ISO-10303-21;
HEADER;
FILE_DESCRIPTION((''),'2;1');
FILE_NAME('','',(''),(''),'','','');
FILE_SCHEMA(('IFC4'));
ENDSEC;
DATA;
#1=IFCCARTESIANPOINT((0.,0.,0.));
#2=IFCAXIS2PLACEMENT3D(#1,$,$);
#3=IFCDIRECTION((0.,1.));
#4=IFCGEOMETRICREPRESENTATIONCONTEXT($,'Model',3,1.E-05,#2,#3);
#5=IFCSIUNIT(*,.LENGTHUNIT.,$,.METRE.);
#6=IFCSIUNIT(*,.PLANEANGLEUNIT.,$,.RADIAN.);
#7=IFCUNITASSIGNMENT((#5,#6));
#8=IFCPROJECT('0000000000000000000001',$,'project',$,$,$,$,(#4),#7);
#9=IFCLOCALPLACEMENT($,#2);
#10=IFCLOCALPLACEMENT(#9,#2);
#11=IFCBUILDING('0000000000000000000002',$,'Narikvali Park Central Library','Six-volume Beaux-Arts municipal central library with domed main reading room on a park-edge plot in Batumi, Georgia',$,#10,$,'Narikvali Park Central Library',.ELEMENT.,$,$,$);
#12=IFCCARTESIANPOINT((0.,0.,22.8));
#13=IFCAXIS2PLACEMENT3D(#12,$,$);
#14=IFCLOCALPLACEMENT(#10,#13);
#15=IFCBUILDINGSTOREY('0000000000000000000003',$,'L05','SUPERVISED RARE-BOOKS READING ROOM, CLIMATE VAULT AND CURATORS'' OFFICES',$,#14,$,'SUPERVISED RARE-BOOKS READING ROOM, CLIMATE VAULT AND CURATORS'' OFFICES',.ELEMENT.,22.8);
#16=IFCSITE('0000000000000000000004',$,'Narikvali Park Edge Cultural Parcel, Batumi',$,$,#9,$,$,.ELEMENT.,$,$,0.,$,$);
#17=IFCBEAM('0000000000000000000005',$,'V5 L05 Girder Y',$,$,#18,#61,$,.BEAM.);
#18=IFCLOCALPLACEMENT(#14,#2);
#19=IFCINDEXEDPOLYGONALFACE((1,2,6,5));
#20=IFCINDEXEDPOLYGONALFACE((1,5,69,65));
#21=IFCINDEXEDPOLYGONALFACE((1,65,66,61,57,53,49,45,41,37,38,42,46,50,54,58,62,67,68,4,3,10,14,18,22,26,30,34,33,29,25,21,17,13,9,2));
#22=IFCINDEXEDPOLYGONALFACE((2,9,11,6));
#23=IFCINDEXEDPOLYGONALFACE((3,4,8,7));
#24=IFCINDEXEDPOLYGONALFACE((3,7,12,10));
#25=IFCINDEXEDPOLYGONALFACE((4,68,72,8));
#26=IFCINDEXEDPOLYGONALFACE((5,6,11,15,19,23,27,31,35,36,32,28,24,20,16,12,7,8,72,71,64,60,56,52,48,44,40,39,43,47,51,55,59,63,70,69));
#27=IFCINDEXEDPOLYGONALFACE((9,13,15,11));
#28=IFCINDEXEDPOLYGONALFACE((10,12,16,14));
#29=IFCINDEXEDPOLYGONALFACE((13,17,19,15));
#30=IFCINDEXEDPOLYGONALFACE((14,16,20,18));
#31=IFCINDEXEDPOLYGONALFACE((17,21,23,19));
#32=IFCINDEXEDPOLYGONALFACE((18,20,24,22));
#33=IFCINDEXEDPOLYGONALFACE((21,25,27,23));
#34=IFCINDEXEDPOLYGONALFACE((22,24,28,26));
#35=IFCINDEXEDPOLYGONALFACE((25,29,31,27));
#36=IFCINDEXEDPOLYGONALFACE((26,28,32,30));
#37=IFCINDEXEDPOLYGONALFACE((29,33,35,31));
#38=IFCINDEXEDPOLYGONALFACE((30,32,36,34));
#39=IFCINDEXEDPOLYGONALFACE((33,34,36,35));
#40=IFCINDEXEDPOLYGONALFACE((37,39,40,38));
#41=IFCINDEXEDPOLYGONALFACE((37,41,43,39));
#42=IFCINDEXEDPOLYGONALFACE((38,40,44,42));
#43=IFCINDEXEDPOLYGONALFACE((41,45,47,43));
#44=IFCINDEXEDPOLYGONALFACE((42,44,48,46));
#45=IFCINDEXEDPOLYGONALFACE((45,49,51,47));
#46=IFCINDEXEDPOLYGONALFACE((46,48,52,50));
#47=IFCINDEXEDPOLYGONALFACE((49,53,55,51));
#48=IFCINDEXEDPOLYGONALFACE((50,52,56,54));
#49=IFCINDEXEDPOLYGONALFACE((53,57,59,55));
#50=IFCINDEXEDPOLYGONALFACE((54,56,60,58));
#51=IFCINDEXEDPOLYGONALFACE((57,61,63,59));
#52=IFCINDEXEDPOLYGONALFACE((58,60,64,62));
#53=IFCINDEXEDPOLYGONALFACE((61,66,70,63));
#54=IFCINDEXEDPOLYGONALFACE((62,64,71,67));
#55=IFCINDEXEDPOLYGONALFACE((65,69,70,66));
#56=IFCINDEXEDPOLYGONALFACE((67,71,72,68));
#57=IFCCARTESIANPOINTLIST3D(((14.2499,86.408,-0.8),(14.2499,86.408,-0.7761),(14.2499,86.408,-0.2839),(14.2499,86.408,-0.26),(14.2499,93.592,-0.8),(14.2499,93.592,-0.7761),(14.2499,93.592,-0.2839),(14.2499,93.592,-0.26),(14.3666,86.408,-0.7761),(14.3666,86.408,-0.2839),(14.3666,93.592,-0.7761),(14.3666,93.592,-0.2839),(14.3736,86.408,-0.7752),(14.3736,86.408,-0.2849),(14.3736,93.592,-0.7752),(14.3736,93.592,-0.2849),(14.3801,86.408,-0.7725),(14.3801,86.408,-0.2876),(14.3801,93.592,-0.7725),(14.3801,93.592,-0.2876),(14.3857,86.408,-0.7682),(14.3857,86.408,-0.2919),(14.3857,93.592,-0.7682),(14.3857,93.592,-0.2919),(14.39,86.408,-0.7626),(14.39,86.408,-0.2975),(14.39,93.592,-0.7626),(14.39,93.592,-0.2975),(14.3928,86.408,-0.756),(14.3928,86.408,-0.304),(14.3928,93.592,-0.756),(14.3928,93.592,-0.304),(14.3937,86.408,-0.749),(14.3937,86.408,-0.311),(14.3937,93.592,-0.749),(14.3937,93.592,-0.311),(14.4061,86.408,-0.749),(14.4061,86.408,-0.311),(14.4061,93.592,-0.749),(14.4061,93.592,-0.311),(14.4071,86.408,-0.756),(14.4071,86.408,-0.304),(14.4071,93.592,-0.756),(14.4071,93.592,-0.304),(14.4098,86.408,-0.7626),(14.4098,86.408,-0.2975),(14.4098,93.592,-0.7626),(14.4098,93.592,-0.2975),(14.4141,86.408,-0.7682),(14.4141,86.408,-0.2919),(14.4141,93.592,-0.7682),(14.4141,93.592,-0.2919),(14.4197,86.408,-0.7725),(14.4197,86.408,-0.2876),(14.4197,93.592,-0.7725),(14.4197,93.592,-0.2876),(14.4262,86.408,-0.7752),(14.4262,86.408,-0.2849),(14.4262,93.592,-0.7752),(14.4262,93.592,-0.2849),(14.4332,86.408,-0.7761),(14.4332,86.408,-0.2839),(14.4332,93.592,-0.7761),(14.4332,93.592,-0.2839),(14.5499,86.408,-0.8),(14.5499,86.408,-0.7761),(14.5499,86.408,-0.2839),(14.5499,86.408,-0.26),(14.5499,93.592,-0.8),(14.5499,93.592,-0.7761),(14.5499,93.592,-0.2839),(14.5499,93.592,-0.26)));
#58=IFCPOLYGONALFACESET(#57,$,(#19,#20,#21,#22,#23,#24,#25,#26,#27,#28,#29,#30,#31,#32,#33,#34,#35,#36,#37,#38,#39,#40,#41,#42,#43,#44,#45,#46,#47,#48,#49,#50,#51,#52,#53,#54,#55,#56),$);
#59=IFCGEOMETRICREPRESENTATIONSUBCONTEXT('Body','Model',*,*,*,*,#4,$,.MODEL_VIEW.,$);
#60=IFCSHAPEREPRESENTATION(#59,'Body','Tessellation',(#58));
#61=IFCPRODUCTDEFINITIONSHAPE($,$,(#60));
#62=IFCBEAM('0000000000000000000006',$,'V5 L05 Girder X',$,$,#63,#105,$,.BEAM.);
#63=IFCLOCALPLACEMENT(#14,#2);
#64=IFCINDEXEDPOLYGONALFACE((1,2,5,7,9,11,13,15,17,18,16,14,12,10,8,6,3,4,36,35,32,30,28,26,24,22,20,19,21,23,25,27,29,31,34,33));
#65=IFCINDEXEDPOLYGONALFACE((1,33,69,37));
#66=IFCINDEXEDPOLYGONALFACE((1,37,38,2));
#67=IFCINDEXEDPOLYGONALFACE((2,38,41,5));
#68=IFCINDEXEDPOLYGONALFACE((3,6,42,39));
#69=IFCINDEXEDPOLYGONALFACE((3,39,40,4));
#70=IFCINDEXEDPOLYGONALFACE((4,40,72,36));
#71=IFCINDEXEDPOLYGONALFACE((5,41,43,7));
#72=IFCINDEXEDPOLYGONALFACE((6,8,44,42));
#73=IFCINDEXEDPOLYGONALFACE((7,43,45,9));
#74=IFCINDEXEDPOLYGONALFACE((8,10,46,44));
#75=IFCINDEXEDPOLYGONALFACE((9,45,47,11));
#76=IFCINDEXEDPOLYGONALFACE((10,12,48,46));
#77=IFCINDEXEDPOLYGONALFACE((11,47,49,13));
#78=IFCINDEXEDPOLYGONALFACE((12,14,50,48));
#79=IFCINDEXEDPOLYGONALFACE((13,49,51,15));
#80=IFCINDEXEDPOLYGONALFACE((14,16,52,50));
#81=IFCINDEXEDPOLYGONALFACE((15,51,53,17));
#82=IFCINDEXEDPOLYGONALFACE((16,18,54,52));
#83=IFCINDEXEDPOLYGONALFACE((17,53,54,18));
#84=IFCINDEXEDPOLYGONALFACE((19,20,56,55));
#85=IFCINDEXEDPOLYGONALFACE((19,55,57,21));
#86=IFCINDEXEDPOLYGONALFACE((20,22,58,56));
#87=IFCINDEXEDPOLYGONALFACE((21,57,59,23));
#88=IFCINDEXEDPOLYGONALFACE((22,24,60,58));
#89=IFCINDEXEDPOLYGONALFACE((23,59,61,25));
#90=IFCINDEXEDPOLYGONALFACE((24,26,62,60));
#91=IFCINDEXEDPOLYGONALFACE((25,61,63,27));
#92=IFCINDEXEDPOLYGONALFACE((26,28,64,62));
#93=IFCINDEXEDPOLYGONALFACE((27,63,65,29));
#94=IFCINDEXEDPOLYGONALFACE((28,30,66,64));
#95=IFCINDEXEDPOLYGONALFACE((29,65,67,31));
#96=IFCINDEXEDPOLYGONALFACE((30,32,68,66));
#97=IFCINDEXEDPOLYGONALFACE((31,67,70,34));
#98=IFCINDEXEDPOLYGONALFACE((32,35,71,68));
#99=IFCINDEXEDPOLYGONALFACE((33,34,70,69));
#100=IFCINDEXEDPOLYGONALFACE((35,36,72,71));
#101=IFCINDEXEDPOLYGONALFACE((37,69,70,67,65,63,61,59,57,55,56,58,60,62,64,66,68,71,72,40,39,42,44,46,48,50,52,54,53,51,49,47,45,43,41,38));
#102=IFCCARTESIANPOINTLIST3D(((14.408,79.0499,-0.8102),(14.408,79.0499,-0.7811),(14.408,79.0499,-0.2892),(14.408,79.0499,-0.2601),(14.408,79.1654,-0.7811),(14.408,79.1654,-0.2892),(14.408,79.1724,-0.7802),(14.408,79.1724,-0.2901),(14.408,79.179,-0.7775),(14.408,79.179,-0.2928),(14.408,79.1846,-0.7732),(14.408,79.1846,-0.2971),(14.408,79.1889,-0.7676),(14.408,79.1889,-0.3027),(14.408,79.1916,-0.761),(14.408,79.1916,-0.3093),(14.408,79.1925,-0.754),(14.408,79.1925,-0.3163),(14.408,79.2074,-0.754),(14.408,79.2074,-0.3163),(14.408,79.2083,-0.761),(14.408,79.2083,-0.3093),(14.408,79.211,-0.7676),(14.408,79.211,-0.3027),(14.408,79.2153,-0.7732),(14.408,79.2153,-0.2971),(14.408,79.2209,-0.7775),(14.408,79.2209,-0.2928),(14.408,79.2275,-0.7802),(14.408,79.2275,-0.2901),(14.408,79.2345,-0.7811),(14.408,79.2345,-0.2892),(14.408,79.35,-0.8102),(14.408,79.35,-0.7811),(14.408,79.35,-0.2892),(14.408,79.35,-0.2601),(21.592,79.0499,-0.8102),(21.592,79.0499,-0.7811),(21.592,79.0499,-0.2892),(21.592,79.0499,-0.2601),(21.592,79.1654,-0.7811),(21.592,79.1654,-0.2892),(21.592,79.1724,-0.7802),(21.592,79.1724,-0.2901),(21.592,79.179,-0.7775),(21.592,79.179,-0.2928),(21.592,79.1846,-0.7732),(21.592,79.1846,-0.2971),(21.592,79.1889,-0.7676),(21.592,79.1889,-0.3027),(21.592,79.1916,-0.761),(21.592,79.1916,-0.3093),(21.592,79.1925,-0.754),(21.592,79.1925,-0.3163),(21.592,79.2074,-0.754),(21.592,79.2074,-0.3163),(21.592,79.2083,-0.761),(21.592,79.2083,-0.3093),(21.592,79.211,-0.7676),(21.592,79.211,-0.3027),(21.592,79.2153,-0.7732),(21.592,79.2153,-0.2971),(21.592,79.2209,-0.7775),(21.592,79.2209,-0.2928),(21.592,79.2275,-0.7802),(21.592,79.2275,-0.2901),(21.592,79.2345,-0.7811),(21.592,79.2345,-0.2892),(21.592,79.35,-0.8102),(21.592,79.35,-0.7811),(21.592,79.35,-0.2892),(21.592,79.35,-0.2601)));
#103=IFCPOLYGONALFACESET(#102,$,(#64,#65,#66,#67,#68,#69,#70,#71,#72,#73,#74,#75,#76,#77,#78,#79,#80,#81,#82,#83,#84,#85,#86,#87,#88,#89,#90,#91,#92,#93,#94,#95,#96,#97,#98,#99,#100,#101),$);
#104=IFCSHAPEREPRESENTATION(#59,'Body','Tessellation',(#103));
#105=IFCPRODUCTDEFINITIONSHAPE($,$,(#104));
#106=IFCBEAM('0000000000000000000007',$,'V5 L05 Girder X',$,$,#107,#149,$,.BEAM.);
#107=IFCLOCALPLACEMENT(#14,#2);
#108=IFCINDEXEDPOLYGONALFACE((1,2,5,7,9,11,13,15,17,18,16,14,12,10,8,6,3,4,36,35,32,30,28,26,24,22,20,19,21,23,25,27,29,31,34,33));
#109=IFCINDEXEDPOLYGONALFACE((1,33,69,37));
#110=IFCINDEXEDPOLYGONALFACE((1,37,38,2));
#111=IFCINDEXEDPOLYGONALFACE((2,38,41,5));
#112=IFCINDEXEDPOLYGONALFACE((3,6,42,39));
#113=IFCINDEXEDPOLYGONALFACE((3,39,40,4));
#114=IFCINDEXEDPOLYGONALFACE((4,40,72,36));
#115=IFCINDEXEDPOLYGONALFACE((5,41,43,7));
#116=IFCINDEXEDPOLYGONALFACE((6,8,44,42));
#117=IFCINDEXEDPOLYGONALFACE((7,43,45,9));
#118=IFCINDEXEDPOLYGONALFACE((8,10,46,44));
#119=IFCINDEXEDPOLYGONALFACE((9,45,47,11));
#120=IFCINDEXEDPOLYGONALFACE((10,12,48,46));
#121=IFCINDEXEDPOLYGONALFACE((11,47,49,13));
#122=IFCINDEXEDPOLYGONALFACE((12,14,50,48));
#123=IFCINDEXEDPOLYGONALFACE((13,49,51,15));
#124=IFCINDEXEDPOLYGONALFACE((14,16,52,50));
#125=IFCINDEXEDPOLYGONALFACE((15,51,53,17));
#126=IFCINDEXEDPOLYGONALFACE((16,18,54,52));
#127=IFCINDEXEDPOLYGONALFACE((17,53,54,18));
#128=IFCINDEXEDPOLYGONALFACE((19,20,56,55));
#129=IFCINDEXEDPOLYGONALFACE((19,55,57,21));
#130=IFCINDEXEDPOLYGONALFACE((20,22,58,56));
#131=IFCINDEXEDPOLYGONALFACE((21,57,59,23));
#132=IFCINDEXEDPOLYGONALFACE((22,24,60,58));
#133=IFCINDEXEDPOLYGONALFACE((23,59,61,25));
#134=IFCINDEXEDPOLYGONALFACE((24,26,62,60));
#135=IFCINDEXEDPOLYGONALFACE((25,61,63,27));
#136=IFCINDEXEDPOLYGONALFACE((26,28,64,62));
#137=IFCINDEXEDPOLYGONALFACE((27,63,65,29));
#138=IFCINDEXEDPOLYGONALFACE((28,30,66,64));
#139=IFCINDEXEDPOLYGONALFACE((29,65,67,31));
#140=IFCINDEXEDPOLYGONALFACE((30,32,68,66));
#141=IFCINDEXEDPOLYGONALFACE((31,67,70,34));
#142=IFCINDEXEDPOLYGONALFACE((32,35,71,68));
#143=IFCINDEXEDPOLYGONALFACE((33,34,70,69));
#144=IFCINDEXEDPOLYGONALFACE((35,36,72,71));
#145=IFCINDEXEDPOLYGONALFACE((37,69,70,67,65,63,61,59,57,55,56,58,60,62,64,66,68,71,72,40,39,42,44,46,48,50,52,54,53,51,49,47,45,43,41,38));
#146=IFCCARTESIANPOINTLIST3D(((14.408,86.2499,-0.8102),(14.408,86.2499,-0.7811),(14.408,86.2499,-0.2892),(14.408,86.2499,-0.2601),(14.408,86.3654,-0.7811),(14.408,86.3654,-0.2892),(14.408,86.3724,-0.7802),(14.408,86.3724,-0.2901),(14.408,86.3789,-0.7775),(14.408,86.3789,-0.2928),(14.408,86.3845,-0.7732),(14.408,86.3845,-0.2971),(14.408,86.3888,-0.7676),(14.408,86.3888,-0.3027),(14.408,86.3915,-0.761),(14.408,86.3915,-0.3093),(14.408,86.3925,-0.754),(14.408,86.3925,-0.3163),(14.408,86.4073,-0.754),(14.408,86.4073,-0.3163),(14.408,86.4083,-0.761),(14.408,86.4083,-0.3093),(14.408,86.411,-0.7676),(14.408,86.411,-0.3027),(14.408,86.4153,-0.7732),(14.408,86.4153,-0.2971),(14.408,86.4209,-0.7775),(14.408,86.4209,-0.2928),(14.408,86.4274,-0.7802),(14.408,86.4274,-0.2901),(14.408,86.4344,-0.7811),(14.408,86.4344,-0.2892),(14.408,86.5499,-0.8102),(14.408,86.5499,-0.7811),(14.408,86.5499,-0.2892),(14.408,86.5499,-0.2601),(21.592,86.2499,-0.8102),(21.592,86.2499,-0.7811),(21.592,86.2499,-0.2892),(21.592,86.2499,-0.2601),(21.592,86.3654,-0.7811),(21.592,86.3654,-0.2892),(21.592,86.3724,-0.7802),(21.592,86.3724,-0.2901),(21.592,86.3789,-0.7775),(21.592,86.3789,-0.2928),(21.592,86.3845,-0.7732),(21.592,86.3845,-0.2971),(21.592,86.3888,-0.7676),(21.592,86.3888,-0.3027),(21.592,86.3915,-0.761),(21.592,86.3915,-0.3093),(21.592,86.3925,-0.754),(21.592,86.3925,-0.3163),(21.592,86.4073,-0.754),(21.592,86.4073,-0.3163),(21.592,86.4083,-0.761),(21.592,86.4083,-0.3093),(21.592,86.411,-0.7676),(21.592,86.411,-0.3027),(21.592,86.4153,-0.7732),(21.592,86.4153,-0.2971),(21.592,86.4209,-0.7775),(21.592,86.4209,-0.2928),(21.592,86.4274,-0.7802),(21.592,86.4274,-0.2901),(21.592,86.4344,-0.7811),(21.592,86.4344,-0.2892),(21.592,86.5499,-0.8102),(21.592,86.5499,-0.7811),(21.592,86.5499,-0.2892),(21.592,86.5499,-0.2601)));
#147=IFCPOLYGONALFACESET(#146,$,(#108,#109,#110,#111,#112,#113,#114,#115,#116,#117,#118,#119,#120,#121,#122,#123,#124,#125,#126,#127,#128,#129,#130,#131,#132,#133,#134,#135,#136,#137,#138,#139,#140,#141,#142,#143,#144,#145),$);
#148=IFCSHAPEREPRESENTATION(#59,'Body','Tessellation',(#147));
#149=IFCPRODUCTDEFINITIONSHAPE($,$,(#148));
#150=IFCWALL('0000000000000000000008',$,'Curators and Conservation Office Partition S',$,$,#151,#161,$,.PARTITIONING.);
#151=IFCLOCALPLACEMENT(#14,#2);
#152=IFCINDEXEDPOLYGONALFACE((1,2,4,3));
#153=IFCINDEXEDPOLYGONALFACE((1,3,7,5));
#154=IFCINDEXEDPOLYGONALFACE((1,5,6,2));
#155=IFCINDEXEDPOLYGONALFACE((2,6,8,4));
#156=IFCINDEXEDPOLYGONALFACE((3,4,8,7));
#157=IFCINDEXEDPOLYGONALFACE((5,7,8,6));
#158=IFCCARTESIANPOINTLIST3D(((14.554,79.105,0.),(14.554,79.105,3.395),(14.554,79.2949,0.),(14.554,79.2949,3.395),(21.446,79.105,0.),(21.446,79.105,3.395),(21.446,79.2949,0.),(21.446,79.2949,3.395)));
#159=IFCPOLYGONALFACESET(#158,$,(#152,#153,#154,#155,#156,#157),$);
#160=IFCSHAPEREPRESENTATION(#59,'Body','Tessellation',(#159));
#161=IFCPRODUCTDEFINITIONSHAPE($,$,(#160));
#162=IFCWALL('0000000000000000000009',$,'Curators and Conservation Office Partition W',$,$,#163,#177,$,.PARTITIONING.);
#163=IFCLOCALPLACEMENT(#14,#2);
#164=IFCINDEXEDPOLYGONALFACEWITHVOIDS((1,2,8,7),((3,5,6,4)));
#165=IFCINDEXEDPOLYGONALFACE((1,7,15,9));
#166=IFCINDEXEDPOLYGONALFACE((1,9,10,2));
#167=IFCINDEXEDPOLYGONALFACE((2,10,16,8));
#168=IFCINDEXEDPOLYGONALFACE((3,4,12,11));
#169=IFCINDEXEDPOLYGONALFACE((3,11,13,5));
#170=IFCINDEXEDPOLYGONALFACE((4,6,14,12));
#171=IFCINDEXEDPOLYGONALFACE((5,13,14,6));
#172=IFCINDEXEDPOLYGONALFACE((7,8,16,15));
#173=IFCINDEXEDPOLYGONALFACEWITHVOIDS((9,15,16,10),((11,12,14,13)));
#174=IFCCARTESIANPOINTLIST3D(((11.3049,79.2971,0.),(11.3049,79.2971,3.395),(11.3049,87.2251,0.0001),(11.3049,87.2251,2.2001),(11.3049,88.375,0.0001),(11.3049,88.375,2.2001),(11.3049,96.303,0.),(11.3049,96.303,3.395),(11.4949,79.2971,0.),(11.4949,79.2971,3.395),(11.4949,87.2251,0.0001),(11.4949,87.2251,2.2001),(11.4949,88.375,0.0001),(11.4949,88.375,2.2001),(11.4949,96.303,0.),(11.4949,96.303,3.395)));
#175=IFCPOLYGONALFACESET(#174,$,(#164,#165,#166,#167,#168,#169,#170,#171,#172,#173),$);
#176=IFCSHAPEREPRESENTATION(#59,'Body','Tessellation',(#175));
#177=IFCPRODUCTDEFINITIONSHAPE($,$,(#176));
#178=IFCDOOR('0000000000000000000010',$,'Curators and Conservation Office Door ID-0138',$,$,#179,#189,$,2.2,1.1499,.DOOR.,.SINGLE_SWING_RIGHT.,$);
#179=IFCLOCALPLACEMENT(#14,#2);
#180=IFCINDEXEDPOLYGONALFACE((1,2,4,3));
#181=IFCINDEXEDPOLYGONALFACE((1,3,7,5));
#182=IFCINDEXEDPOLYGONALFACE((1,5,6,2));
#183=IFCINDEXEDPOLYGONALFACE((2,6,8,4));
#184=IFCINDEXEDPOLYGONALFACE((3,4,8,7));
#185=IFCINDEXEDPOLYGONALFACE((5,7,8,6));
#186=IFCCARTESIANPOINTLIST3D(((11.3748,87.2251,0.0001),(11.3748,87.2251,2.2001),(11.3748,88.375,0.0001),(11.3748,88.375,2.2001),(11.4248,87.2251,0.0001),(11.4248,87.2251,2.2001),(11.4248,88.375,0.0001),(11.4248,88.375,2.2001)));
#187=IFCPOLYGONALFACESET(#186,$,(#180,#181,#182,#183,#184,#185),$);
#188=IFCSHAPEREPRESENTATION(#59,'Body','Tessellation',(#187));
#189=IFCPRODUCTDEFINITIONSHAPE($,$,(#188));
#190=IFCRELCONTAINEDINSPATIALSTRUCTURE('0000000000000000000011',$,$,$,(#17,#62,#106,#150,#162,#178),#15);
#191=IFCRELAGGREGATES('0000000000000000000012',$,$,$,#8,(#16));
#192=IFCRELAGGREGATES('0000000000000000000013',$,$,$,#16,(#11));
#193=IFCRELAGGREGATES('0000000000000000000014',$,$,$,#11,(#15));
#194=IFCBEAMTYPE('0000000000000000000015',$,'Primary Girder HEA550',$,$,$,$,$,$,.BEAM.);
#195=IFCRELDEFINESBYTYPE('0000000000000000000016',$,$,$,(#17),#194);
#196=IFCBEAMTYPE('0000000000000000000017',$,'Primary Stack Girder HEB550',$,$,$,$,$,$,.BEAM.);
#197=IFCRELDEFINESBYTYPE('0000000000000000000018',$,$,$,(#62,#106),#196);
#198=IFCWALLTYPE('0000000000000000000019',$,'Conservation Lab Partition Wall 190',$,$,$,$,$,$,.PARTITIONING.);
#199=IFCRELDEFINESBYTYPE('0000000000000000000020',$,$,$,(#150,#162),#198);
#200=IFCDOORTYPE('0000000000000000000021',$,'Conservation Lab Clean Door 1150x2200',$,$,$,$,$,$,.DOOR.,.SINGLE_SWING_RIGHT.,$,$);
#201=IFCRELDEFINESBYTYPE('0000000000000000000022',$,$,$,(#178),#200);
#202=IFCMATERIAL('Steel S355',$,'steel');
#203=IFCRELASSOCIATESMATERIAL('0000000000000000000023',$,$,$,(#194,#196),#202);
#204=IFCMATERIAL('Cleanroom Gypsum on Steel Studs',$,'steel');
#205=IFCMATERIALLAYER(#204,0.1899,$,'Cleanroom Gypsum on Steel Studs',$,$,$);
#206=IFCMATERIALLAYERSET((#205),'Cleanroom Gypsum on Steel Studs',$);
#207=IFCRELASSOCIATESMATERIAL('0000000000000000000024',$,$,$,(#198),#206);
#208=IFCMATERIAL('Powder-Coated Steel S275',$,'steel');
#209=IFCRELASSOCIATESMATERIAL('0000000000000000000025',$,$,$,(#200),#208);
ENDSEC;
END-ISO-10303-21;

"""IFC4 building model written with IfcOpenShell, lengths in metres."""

from ifc_helpers import new_model, si_unit, direction, frame, frame_2d, origin, origin_2d, place, context, subcontext, project, spatial, rectangle, i_section, extrude, material, layer, layer_set, material_profile, profile_set, type_object, element, fill, save


model = new_model("IFC4")

# Units and contexts
model_context = context("Model", 3, precision=1e-05, world=origin(), true_north=direction((0.0, 1.0)))
body_context = subcontext(model_context, "Body", "Model", "MODEL_VIEW")
ifc_project = project(units=[si_unit("LENGTHUNIT", "METRE"), si_unit("PLANEANGLEUNIT", "RADIAN")], contexts=[model_context])

# Site, building, storey
site_placement = place(None, origin())
site = spatial("IfcSite", under=ifc_project, at=site_placement, Name="Narikvali Park Edge Cultural Parcel, Batumi", CompositionType="ELEMENT", RefElevation=0.0)
building_placement = place(site_placement, origin())
building = spatial("IfcBuilding", under=site, at=building_placement, Name="Narikvali Park Central Library", Description="Six-volume Beaux-Arts municipal central library with domed main reading room on a park-edge plot in Batumi, Georgia", LongName="Narikvali Park Central Library", CompositionType="ELEMENT")
storey_placement = place(building_placement, frame((0.0, 0.0, 22.8)))
storey = spatial("IfcBuildingStorey", under=building, at=storey_placement, Name="L05", Description="SUPERVISED RARE-BOOKS READING ROOM, CLIMATE VAULT AND CURATORS' OFFICES", LongName="SUPERVISED RARE-BOOKS READING ROOM, CLIMATE VAULT AND CURATORS' OFFICES", CompositionType="ELEMENT", Elevation=22.8)

# Shared definitions
ifc_material_1 = material(Name="Steel S355", Category="steel")

# Beams
ifc_material_profile_1 = material_profile(ifc_material_1, i_section(OverallWidth=0.3, OverallDepth=0.54, WebThickness=0.0125, FlangeThickness=0.0239, FilletRadius=0.0271, at=origin_2d()), Name="HEA 550")
ifc_profile_set_1 = profile_set([ifc_material_profile_1], Name="Steel S355")
beam_type_1 = type_object("IfcBeamType", Name="Primary Girder HEA550", PredefinedType="BEAM", material=ifc_profile_set_1)
for number, where, z_axis, x_axis, name in (
    (1, (14.3999, 86.408, -0.53), (0.0, 1.0, 0.0), (-1.0, 0.0, 0.0), "V5 L05 Girder Y"),
):
    element("IfcBeam", number, at=place(storey_placement, frame(where, z_axis=z_axis, x_axis=x_axis)), inside=storey, type_object=beam_type_1, Name=name, PredefinedType="BEAM", context=body_context, shape_type="SweptSolid", body=[
        extrude(i_section(OverallWidth=0.3, OverallDepth=0.54, WebThickness=0.0125, FlangeThickness=0.0239, FilletRadius=0.0271, at=origin_2d()), origin(), (0.0, 0.0, 1.0), 7.1841),
    ])
ifc_material_profile_2 = material_profile(ifc_material_1, i_section(OverallWidth=0.3, OverallDepth=0.55, WebThickness=0.0149, FlangeThickness=0.0291, FilletRadius=0.0271, at=origin_2d()), Name="HEB 550")
ifc_profile_set_2 = profile_set([ifc_material_profile_2], Name="Steel S355")
beam_type_2 = type_object("IfcBeamType", Name="Primary Stack Girder HEB550", PredefinedType="BEAM", material=ifc_profile_set_2)
for number, where, z_axis, x_axis, name in (
    (2, (14.408, 79.2, -0.5352), (1.0, 0.0, 0.0), (0.0, 1.0, 0.0), "V5 L05 Girder X"),
    (3, (14.408, 86.3999, -0.5352), (1.0, 0.0, 0.0), (0.0, 1.0, 0.0), "V5 L05 Girder X"),
):
    element("IfcBeam", number, at=place(storey_placement, frame(where, z_axis=z_axis, x_axis=x_axis)), inside=storey, type_object=beam_type_2, Name=name, PredefinedType="BEAM", context=body_context, shape_type="SweptSolid", body=[
        extrude(i_section(OverallWidth=0.3, OverallDepth=0.55, WebThickness=0.0149, FlangeThickness=0.0291, FilletRadius=0.0271, at=origin_2d()), origin(), (0.0, 0.0, 1.0), 7.1841),
    ])

# Wall
ifc_material_2 = material(Name="Cleanroom Gypsum on Steel Studs", Category="steel")
ifc_layer_1 = layer(ifc_material_2, 0.1899, Name="Cleanroom Gypsum on Steel Studs")
ifc_layer_set_1 = layer_set([ifc_layer_1], Name="Cleanroom Gypsum on Steel Studs")
wall_type_1 = type_object("IfcWallType", Name="Conservation Lab Partition Wall 190", PredefinedType="PARTITIONING", material=ifc_layer_set_1)
wall_1_placement = place(storey_placement, frame((14.554, 79.2, 0.0), z_axis=(0.0, 0.0, 1.0), x_axis=(1.0, 0.0, 0.0)))
element("IfcWall", 4, at=wall_1_placement, inside=storey, type_object=wall_type_1, Name="Curators and Conservation Office Partition S", PredefinedType="PARTITIONING", context=body_context, shape_type="SweptSolid", body=[
    extrude(rectangle(XDim=6.8921, YDim=0.1899, at=frame_2d((3.446, 0.0))), origin(), (0.0, 0.0, 1.0), 3.395),
])

# Wall, opening, door
wall_2_placement = place(storey_placement, frame((11.3999, 79.2971, 0.0), z_axis=(0.0, 0.0, 1.0), x_axis=(0.0, 1.0, 0.0)))
wall_2 = element("IfcWall", 5, at=wall_2_placement, inside=storey, type_object=wall_type_1, Name="Curators and Conservation Office Partition W", PredefinedType="PARTITIONING", context=body_context, shape_type="SweptSolid", body=[
    extrude(rectangle(XDim=17.0059, YDim=0.1899, at=frame_2d((8.5029, 0.0))), origin(), (0.0, 0.0, 1.0), 3.395),
])
opening_1_placement = place(wall_2_placement, frame((7.928, 0.0, 0.0)))
opening_1 = element("IfcOpeningElement", 6, at=opening_1_placement, cuts=wall_2, PredefinedType="OPENING", context=body_context, shape_type="SweptSolid", body=[
    extrude(rectangle(XDim=1.1499, YDim=2.2, at=frame_2d((0.575, 1.1001))), frame((0.0, 0.1069, 0.0), z_axis=(0.0, -1.0, 0.0), x_axis=(1.0, 0.0, 0.0)), (0.0, 0.0, 1.0), 0.2139),
])
ifc_material_3 = material(Name="Powder-Coated Steel S275", Category="steel")
door_type = type_object("IfcDoorType", Name="Conservation Lab Clean Door 1150x2200", OperationType="SINGLE_SWING_RIGHT", PredefinedType="DOOR", material=ifc_material_3)
door_placement = place(opening_1_placement, frame((1.1499, 0.0, 0.0), z_axis=(0.0, 0.0, 1.0), x_axis=(-1.0, 0.0, 0.0)))
door = element("IfcDoor", 7, at=door_placement, inside=storey, type_object=door_type, Name="Curators and Conservation Office Door ID-0138", OperationType="SINGLE_SWING_RIGHT", OverallHeight=2.2, OverallWidth=1.1499, PredefinedType="DOOR", context=body_context, shape_type="SweptSolid", body=[
    extrude(rectangle(XDim=1.1499, YDim=2.2, at=frame_2d((0.575, 1.1001))), frame((0.0, 0.0249, 0.0), z_axis=(0.0, -1.0, 0.0), x_axis=(1.0, 0.0, 0.0)), (0.0, 0.0, 1.0), 0.05),
])
fill(opening_1, door)

save(model, "model.ifc")
